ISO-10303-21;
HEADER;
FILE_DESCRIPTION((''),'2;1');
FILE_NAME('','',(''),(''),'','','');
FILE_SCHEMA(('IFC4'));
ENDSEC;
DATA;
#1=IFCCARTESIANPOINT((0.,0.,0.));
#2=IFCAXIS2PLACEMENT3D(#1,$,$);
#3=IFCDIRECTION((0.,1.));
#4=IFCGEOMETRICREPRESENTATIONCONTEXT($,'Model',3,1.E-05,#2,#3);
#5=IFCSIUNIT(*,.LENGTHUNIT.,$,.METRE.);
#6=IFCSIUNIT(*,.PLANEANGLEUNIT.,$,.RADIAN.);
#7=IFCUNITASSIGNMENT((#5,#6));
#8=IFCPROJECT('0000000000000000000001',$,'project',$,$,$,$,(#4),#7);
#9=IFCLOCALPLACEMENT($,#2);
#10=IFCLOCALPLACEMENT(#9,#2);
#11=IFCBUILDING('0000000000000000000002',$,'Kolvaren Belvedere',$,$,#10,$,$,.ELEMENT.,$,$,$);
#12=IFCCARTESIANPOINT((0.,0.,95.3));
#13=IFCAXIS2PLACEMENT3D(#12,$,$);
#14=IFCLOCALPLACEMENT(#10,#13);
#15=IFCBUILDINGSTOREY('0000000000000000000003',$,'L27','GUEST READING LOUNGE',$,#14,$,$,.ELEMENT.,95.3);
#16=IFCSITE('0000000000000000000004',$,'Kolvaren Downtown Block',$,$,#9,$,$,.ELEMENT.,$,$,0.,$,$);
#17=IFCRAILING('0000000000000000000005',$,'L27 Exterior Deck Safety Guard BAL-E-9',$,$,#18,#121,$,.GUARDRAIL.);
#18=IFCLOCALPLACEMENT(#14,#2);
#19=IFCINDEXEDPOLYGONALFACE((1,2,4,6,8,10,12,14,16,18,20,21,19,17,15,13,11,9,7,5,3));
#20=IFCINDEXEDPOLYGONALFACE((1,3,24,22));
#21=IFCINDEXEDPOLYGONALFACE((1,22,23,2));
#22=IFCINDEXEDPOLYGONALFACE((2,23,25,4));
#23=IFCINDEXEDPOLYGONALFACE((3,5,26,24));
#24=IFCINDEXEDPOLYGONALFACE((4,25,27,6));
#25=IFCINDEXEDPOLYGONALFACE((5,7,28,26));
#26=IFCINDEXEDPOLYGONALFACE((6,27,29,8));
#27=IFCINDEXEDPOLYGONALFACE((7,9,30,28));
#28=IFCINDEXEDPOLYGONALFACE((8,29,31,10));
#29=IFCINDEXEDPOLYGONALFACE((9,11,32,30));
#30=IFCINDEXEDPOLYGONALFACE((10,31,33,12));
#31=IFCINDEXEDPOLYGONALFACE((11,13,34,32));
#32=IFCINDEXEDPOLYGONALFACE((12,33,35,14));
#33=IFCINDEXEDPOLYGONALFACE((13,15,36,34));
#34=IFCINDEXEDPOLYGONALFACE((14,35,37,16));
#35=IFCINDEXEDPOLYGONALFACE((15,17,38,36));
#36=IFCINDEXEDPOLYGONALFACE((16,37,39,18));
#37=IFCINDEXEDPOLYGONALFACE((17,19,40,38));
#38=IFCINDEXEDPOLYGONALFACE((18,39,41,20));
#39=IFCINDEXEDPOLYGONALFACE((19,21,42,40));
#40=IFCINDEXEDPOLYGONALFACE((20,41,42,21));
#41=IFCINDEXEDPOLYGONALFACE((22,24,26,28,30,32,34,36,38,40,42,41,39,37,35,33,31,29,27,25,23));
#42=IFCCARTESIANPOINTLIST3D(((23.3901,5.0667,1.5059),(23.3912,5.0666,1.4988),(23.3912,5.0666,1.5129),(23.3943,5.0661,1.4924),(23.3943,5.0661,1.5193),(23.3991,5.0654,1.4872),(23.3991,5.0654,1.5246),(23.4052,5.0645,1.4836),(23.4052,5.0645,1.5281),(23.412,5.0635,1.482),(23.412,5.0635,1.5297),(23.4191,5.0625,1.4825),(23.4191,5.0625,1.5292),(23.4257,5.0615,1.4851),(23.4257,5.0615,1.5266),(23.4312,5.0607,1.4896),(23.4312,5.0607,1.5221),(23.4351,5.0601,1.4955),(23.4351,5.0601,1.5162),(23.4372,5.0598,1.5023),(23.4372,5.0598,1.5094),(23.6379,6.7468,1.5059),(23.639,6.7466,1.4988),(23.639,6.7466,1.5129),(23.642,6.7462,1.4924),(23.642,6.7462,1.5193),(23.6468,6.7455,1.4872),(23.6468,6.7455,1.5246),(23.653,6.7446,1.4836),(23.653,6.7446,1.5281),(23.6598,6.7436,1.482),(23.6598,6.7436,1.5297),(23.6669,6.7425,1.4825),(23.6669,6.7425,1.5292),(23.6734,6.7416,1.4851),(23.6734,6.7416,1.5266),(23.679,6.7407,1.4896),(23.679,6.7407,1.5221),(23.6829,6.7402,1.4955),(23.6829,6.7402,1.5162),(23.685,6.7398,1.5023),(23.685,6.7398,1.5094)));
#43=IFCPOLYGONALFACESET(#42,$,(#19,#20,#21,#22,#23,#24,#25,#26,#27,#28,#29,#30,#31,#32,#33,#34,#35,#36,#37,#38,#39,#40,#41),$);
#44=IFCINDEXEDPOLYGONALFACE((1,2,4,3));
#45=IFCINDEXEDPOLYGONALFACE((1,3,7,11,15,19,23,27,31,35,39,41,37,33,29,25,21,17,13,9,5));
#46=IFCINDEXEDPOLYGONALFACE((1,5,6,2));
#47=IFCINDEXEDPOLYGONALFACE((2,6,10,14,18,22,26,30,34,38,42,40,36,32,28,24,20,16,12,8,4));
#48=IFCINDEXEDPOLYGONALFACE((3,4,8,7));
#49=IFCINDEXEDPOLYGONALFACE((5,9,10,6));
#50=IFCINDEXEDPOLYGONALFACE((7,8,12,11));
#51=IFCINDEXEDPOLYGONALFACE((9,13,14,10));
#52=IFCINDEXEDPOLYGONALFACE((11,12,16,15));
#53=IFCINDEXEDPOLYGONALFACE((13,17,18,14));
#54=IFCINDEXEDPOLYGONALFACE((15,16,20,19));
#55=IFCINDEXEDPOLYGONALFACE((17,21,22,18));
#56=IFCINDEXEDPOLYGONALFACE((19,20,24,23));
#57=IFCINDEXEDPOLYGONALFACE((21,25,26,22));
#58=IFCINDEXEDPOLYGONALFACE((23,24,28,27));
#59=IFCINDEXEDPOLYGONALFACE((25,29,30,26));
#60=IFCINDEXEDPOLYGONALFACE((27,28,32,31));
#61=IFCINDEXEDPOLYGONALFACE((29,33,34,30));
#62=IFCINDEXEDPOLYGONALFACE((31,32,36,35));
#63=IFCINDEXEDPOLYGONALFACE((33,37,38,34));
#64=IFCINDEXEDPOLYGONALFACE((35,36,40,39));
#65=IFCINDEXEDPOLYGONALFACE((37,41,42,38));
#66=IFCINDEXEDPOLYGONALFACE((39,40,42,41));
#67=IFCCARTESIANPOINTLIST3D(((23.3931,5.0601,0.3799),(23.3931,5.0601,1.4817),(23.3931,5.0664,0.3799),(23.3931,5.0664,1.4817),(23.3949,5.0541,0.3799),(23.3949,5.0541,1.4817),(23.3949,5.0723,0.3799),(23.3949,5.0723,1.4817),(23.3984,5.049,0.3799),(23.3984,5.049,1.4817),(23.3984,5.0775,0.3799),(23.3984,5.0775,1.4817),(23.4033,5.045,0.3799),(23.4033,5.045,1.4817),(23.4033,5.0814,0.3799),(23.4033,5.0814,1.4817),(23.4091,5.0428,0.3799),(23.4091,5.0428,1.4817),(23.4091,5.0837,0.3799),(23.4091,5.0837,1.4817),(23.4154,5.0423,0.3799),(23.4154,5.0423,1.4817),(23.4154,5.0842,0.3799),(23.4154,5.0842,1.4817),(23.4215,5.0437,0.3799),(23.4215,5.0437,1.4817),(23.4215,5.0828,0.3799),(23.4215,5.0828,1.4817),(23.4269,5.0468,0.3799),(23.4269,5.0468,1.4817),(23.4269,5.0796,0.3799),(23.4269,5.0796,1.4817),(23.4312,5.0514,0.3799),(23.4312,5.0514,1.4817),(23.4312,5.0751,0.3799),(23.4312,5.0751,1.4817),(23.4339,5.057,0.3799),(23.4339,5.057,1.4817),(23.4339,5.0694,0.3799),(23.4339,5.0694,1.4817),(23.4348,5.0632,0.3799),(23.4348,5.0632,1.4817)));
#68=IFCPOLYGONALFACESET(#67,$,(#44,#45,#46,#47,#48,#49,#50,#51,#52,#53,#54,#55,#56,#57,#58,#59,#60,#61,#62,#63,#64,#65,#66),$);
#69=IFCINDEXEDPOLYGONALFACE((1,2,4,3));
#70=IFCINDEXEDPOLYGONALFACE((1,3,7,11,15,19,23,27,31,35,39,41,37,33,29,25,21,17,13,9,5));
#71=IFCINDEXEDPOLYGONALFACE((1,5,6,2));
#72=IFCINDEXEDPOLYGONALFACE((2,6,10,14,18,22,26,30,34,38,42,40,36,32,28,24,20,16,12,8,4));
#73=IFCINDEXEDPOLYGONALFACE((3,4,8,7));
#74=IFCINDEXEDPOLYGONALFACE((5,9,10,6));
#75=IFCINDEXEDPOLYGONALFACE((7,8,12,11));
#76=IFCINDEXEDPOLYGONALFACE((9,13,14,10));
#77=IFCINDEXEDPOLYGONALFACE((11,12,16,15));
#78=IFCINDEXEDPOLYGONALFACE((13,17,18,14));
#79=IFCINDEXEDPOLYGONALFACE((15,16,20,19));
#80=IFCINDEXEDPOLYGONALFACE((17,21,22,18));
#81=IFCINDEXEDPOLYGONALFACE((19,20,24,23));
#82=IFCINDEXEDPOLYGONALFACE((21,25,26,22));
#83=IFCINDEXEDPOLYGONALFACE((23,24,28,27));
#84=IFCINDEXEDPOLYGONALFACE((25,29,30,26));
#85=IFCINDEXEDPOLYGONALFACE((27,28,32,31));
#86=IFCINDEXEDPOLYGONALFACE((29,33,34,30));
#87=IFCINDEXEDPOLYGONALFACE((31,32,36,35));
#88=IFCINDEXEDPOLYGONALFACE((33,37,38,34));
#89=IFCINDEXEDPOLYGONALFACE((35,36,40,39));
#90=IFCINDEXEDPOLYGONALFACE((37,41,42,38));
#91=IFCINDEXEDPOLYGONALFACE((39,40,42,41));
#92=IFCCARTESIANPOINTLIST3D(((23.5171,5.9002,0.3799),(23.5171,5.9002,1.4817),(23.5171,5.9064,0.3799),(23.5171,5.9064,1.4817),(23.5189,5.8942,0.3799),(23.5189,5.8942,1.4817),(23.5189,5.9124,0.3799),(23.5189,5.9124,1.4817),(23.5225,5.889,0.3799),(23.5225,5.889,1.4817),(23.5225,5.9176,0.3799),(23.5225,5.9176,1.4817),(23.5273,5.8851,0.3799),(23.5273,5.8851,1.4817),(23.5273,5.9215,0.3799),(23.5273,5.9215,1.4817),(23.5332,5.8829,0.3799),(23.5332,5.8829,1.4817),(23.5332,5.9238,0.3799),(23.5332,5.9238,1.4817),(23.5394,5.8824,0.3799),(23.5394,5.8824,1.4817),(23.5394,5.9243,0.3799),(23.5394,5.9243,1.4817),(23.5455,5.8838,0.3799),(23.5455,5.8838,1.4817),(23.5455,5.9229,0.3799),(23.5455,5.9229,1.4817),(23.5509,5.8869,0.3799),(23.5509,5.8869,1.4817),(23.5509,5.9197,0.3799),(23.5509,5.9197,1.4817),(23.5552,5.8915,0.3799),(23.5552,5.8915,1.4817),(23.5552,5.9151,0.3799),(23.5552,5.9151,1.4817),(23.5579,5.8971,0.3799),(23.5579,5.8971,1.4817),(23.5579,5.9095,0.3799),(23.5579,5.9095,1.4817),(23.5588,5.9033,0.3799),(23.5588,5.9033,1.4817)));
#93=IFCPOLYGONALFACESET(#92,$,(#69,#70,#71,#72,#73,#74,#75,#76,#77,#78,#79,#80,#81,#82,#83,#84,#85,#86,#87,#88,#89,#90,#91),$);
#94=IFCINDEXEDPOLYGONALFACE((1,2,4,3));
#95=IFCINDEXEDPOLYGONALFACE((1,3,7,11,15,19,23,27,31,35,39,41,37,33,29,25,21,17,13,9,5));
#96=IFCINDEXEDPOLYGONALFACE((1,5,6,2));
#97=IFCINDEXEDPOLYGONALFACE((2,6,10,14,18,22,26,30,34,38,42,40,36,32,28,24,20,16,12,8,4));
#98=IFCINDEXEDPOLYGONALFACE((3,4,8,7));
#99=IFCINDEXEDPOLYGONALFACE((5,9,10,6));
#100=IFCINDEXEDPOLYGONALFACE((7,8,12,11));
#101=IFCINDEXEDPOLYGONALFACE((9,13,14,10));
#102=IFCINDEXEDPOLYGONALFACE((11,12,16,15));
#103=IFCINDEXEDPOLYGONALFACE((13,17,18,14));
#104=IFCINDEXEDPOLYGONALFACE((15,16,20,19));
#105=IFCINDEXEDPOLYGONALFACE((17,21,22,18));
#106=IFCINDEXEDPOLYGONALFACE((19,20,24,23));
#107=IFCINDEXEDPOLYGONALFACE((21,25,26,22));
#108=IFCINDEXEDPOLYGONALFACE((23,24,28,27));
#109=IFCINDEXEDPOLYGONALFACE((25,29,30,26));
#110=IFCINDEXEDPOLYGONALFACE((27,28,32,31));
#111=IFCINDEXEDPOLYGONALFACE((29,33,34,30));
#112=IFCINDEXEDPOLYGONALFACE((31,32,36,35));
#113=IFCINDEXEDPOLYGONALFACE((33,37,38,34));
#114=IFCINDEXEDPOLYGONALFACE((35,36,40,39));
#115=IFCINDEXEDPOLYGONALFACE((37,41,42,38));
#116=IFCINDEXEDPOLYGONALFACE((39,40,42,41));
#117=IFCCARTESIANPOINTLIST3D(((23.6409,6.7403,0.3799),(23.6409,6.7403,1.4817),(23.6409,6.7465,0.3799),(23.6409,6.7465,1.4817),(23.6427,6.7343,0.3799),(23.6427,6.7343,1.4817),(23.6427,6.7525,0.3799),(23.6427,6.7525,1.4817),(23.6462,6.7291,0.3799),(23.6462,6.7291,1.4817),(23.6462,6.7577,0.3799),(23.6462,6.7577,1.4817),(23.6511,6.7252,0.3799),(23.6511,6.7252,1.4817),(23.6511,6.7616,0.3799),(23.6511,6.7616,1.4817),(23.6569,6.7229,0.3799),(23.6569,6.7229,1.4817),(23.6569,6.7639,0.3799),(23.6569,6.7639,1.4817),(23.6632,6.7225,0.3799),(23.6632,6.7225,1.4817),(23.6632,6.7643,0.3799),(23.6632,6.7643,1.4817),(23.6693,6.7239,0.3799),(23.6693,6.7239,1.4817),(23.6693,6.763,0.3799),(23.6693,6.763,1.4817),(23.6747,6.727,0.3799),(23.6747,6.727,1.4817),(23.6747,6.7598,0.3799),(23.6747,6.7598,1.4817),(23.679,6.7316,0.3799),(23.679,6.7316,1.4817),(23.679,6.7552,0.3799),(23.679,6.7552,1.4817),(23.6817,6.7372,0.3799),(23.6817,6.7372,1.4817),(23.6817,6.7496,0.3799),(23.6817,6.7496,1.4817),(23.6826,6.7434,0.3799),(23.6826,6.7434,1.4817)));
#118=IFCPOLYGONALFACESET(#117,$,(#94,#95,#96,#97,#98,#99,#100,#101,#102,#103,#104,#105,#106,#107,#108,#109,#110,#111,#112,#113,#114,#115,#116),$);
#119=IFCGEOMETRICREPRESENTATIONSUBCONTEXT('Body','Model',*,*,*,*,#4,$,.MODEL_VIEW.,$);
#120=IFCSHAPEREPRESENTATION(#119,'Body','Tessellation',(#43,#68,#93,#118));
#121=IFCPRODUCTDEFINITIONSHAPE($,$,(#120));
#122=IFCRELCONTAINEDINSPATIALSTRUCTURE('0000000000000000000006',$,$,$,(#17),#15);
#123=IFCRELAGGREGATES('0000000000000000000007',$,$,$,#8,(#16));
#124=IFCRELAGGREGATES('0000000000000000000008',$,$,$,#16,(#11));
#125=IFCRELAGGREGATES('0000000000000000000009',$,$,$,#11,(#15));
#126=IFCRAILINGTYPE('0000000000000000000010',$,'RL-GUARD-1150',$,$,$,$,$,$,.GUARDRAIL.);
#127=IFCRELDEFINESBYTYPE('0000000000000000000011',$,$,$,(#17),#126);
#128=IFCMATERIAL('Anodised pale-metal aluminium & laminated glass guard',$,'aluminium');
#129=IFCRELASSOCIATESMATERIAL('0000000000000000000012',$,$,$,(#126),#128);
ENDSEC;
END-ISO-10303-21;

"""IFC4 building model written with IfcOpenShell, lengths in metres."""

from ifc_helpers import new_model, si_unit, direction, frame, origin, origin_2d, place, context, subcontext, project, spatial, circle, extrude, material, type_object, element, save


model = new_model("IFC4")

# Units and contexts
model_context = context("Model", 3, precision=1e-05, world=origin(), true_north=direction((0.0, 1.0)))
body_context = subcontext(model_context, "Body", "Model", "MODEL_VIEW")
ifc_project = project(units=[si_unit("LENGTHUNIT", "METRE"), si_unit("PLANEANGLEUNIT", "RADIAN")], contexts=[model_context])

# Site, building, storey
site_placement = place(None, origin())
site = spatial("IfcSite", under=ifc_project, at=site_placement, Name="Kolvaren Downtown Block", CompositionType="ELEMENT", RefElevation=0.0)
building_placement = place(site_placement, origin())
building = spatial("IfcBuilding", under=site, at=building_placement, Name="Kolvaren Belvedere", CompositionType="ELEMENT")
storey_placement = place(building_placement, frame((0.0, 0.0, 95.3)))
storey = spatial("IfcBuildingStorey", under=building, at=storey_placement, Name="L27", Description="GUEST READING LOUNGE", CompositionType="ELEMENT", Elevation=95.3)

# Railing
ifc_material_1 = material(Name="Anodised pale-metal aluminium & laminated glass guard", Category="aluminium")
railing_type = type_object("IfcRailingType", Name="RL-GUARD-1150", PredefinedType="GUARDRAIL", material=ifc_material_1)
railing_1_placement = place(storey_placement, frame((23.4138, 5.0632, 0.3799)))
element("IfcRailing", 1, at=railing_1_placement, inside=storey, type_object=railing_type, Name="L27 Exterior Deck Safety Guard BAL-E-9", PredefinedType="GUARDRAIL", context=body_context, shape_type="SweptSolid", body=[
    extrude(circle(Radius=0.0239, at=origin_2d()), frame((0.0, 0.0, 1.126), z_axis=(0.145908, 0.989298, 0.0), x_axis=(-0.989298, 0.145908, 0.0)), (0.0, 0.0, 1.0), 1.6982),
    extrude(circle(Radius=0.021, at=origin_2d()), origin(), (0.0, 0.0, 1.0), 1.1018),
    extrude(circle(Radius=0.021, at=origin_2d()), frame((0.124, 0.8401, 0.0)), (0.0, 0.0, 1.0), 1.1018),
    extrude(circle(Radius=0.021, at=origin_2d()), frame((0.2478, 1.6802, 0.0)), (0.0, 0.0, 1.0), 1.1018),
])

save(model, "model.ifc")
